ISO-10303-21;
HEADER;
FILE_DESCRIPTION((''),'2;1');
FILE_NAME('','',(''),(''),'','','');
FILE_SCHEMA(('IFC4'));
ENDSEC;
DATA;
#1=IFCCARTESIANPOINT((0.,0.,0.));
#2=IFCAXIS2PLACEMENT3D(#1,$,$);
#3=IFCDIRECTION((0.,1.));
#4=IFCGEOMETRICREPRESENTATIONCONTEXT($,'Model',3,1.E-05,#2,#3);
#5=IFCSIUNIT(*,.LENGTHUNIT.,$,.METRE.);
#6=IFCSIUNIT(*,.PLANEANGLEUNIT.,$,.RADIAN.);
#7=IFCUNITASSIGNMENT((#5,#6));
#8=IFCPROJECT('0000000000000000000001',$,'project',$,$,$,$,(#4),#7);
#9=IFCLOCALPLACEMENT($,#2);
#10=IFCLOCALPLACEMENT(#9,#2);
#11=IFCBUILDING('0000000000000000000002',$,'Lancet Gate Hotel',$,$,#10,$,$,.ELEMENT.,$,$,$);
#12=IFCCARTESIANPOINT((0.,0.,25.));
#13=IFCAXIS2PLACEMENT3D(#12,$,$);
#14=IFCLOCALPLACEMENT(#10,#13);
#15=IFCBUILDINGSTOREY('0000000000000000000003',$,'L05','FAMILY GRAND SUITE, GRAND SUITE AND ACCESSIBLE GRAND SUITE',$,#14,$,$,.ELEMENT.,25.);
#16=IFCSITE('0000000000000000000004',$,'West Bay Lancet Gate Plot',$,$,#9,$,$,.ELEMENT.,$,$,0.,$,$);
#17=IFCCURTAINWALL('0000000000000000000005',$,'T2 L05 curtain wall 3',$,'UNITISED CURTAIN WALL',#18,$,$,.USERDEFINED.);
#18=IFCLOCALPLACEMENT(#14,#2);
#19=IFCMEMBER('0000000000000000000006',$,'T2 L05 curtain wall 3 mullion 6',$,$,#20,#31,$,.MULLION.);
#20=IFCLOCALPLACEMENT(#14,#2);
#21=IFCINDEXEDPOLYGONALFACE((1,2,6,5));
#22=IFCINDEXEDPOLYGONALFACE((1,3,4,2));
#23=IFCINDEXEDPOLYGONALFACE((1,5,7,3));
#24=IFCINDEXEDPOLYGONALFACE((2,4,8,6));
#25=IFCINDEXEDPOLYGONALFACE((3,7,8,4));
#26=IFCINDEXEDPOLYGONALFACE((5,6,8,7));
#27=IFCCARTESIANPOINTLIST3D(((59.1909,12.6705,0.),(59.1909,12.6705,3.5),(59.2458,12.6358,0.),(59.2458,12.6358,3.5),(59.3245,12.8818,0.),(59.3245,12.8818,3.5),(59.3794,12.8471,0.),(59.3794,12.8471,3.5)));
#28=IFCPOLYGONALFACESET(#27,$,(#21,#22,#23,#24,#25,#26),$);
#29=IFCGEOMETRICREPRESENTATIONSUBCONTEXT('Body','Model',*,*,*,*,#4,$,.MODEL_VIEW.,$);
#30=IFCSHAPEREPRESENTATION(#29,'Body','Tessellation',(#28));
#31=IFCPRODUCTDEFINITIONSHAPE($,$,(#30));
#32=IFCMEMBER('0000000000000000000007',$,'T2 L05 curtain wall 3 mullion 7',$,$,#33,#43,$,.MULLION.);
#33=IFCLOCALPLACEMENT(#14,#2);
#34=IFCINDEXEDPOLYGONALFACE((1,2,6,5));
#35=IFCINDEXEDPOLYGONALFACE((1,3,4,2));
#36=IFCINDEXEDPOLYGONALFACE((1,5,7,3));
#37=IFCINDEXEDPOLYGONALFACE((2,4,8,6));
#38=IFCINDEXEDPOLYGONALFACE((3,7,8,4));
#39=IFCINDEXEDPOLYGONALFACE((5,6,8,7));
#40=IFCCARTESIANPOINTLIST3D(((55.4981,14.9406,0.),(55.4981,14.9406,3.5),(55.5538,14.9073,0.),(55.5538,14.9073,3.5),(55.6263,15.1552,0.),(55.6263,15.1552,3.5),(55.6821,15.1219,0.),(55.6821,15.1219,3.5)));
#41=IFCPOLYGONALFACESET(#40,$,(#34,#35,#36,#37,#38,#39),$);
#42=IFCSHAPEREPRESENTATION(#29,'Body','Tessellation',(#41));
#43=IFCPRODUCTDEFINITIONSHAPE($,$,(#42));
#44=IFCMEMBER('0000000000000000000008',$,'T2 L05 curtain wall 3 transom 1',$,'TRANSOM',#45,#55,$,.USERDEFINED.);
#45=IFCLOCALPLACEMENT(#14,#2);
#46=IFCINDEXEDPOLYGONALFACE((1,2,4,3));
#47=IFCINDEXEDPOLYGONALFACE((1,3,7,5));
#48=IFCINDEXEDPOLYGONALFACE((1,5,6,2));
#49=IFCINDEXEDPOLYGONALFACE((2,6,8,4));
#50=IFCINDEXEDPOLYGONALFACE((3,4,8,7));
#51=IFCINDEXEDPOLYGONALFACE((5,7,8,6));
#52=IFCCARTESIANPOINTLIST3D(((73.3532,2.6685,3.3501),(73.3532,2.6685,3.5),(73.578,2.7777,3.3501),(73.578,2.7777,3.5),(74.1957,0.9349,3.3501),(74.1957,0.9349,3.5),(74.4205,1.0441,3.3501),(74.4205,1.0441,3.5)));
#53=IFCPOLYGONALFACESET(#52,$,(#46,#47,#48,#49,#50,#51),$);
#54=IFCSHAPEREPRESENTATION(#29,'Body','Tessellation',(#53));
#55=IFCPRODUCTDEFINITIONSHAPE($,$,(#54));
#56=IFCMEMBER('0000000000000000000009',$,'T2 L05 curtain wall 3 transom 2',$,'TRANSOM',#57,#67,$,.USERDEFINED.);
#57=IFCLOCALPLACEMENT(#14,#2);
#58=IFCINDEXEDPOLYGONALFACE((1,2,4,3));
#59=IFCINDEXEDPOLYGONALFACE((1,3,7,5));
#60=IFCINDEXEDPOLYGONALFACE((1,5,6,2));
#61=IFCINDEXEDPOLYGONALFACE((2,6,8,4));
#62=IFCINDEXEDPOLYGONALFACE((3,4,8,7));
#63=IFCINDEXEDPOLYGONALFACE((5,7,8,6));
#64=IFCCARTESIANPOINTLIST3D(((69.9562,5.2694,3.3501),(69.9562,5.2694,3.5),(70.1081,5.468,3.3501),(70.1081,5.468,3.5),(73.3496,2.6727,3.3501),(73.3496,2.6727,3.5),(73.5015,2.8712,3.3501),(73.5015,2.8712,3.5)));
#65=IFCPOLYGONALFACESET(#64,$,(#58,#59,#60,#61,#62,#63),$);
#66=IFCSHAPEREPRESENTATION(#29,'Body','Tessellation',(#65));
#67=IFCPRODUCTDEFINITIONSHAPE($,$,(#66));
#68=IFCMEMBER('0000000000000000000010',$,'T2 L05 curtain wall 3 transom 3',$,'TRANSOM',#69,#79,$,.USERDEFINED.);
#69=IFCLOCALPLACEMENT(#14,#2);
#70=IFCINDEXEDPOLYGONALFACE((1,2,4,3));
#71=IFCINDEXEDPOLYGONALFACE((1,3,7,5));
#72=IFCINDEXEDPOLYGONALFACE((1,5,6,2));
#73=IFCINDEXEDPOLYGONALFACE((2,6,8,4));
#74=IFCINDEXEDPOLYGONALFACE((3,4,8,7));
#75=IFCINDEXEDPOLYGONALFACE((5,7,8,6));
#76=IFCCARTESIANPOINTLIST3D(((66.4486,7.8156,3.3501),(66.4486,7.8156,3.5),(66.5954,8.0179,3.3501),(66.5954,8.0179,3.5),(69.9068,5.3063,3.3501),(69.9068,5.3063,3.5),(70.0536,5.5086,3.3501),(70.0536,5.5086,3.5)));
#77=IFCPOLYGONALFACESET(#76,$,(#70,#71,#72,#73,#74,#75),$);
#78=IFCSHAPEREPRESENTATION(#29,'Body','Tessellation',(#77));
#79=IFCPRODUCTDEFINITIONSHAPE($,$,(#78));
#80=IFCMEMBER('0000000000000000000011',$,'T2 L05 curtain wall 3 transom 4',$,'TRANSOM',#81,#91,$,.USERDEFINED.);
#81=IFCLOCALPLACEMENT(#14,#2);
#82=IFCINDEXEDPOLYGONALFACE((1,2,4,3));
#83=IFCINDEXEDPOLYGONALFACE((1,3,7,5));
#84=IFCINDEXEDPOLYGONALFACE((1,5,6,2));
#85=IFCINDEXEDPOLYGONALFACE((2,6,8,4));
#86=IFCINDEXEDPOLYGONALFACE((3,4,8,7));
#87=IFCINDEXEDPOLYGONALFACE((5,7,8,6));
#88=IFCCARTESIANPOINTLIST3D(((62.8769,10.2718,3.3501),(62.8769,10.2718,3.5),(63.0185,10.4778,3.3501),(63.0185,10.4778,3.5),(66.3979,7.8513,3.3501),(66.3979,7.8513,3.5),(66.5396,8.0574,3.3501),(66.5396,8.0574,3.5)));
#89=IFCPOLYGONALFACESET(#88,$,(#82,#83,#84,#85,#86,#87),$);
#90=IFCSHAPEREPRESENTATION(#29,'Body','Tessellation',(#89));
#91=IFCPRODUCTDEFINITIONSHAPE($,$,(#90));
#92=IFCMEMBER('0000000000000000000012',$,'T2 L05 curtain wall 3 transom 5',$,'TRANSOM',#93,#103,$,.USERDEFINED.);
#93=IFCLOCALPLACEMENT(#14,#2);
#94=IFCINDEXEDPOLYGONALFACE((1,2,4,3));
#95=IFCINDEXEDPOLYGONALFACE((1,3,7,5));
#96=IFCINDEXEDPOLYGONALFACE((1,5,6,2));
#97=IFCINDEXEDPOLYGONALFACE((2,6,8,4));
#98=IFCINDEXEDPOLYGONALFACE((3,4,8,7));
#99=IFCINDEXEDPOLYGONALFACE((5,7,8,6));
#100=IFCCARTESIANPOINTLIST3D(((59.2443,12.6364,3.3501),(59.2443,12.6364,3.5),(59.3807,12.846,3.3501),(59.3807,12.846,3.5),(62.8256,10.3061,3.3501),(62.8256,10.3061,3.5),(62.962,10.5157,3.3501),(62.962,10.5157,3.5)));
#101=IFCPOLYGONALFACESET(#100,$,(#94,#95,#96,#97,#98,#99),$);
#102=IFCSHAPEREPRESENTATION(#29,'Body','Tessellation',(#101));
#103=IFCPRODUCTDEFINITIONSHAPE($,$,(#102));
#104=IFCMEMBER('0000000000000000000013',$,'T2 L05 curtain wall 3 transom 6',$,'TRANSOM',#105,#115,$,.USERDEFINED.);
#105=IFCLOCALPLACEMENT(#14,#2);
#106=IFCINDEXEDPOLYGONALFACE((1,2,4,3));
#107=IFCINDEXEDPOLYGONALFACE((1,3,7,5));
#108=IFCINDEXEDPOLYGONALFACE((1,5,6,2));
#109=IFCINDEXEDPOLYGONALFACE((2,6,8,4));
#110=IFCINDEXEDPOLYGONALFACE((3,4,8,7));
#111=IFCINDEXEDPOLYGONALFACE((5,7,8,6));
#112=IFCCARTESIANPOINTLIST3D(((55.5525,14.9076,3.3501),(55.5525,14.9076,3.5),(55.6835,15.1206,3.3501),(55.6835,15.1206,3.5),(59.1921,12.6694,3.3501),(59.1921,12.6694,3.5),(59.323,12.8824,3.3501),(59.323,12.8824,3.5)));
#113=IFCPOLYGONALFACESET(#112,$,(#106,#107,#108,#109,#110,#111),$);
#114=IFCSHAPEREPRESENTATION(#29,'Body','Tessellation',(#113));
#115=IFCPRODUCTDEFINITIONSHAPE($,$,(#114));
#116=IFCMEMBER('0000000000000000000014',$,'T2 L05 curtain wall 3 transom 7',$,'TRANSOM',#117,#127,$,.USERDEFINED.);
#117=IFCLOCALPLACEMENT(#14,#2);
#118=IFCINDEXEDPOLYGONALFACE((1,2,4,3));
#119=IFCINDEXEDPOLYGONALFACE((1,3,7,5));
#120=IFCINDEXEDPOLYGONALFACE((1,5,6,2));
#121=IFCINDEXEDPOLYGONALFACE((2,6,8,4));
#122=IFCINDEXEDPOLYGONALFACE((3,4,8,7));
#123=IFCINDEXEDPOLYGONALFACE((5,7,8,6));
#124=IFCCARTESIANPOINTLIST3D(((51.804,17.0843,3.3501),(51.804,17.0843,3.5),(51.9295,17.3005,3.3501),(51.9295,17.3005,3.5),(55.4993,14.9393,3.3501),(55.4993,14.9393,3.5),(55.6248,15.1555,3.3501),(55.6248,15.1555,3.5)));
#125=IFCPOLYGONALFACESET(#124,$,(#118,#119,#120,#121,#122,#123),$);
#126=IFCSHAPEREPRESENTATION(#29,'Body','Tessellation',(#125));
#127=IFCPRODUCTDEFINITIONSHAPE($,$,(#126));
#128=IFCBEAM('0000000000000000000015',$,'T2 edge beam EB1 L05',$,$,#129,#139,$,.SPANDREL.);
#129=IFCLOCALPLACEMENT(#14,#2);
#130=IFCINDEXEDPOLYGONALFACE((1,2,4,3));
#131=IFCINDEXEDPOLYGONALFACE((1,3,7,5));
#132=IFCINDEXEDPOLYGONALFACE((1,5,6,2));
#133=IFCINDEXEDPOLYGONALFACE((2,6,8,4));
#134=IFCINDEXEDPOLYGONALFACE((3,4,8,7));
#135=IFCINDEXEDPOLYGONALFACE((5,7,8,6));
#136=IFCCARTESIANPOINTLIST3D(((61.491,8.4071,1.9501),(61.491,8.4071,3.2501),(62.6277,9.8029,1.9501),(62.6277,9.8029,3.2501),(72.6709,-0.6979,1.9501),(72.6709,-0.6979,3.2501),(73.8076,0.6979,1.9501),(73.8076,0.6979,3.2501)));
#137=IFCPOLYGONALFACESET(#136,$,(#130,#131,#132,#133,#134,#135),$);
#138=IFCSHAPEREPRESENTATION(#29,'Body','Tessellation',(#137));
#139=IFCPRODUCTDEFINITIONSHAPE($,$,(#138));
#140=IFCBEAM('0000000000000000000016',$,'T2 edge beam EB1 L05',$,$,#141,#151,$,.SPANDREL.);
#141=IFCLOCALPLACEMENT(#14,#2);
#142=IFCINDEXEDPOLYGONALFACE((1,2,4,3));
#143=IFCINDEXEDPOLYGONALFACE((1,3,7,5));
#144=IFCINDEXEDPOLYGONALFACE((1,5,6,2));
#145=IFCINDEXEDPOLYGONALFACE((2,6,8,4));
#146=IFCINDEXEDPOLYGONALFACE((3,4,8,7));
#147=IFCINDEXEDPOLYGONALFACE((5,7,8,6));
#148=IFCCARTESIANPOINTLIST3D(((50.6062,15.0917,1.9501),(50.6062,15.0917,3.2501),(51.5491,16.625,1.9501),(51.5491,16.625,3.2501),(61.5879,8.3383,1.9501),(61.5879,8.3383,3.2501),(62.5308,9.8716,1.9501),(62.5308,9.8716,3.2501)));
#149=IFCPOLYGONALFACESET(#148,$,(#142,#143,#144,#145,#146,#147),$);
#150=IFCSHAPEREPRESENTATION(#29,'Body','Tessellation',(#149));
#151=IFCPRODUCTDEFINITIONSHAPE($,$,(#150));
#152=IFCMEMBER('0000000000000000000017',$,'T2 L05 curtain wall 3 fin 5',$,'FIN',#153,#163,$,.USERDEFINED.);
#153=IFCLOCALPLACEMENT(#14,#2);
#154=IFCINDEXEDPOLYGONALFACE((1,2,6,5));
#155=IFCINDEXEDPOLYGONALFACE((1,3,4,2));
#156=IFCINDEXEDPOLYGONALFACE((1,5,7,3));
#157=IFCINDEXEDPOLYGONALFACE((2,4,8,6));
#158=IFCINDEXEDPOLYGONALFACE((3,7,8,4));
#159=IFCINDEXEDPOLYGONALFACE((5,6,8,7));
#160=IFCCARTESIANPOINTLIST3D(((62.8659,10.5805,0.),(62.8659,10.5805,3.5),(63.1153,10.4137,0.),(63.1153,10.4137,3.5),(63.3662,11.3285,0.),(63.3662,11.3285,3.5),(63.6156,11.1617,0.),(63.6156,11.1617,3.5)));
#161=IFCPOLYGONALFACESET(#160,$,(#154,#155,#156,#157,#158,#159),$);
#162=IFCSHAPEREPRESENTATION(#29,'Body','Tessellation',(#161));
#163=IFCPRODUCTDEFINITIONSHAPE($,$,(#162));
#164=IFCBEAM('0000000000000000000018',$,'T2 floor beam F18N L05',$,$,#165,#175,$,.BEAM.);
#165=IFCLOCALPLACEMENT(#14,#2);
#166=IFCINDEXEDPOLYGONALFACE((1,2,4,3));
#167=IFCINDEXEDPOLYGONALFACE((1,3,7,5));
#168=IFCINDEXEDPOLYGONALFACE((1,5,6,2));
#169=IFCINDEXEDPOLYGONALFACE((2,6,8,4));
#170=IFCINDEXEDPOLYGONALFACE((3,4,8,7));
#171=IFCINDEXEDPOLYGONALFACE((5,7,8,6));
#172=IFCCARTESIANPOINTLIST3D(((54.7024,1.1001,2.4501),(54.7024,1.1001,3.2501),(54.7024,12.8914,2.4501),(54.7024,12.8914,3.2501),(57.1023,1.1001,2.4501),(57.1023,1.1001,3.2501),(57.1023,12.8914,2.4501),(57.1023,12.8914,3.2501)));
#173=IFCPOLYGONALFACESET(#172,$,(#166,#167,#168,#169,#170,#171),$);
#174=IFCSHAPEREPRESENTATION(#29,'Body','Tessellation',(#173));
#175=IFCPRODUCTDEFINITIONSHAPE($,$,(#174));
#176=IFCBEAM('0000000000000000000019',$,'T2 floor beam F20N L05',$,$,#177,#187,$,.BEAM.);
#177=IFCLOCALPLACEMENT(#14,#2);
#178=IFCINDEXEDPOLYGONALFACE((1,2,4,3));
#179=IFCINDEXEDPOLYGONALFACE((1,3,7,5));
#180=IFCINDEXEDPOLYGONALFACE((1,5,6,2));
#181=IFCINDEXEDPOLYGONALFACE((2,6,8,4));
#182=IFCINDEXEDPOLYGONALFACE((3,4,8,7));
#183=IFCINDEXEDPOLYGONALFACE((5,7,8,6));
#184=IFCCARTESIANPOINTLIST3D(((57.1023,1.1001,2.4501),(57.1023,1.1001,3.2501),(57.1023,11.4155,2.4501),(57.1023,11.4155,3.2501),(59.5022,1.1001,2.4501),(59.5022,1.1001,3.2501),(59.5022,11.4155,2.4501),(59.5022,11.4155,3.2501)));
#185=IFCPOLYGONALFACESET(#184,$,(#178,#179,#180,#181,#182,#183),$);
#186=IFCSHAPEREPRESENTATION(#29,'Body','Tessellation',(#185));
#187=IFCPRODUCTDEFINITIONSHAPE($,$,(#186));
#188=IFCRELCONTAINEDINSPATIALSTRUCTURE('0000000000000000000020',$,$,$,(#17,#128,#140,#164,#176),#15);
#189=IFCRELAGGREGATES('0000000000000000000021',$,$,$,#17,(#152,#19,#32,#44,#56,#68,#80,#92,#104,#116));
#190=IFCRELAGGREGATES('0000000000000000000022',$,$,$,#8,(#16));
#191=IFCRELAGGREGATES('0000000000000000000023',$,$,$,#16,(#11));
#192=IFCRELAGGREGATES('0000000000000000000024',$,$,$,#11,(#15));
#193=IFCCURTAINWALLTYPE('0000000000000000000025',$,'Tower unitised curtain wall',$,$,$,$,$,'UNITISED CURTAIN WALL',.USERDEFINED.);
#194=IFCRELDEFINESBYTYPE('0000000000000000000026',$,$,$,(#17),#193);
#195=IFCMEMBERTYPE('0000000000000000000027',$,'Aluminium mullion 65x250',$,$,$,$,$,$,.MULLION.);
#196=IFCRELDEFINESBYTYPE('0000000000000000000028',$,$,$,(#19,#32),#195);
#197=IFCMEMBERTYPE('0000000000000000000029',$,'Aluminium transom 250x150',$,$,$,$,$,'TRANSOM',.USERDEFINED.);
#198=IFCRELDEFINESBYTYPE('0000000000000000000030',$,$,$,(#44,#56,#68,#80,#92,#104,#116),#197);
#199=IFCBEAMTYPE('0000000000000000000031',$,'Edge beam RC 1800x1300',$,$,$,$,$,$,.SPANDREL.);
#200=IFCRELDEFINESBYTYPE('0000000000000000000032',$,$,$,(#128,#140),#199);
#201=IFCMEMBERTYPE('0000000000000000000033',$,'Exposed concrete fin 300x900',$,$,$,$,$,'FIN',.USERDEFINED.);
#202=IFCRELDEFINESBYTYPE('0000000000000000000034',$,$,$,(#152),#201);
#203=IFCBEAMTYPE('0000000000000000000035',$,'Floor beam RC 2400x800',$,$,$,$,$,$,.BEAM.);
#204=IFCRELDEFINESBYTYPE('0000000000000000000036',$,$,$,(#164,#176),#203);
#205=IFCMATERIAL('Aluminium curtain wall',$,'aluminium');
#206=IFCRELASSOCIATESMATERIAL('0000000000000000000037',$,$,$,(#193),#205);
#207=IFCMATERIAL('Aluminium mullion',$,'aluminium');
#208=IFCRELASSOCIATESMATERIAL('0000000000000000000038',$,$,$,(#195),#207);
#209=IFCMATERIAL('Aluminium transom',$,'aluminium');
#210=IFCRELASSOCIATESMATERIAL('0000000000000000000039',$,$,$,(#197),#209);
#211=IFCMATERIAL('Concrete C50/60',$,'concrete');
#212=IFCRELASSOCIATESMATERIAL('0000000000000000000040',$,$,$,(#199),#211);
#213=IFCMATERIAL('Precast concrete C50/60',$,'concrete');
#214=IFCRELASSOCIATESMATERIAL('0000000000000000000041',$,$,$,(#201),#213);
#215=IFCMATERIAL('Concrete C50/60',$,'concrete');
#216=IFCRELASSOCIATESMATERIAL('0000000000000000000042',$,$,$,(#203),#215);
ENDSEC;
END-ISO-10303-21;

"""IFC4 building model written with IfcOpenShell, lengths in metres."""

from ifc_helpers import new_model, si_unit, direction, frame, origin, origin_2d, place, context, subcontext, project, spatial, rectangle, extrude, material, material_profile, profile_set, type_object, element, aggregate, save


model = new_model("IFC4")

# Units and contexts
model_context = context("Model", 3, precision=1e-05, world=origin(), true_north=direction((0.0, 1.0)))
body_context = subcontext(model_context, "Body", "Model", "MODEL_VIEW")
ifc_project = project(units=[si_unit("LENGTHUNIT", "METRE"), si_unit("PLANEANGLEUNIT", "RADIAN")], contexts=[model_context])

# Site, building, storey
site_placement = place(None, origin())
site = spatial("IfcSite", under=ifc_project, at=site_placement, Name="West Bay Lancet Gate Plot", CompositionType="ELEMENT", RefElevation=0.0)
building_placement = place(site_placement, origin())
building = spatial("IfcBuilding", under=site, at=building_placement, Name="Lancet Gate Hotel", CompositionType="ELEMENT")
storey_placement = place(building_placement, frame((0.0, 0.0, 25.0)))
storey = spatial("IfcBuildingStorey", under=building, at=storey_placement, Name="L05", Description="FAMILY GRAND SUITE, GRAND SUITE AND ACCESSIBLE GRAND SUITE", CompositionType="ELEMENT", Elevation=25.0)

# Curtain wall, members
ifc_material_1 = material(Name="Aluminium curtain wall", Category="aluminium")
curtain_wall_type = type_object("IfcCurtainWallType", Name="Tower unitised curtain wall", ElementType="UNITISED CURTAIN WALL", PredefinedType="USERDEFINED", material=ifc_material_1)
curtain_wall_placement = place(storey_placement, origin())
curtain_wall = element("IfcCurtainWall", 1, at=curtain_wall_placement, inside=storey, type_object=curtain_wall_type, Name="T2 L05 curtain wall 3", ObjectType="UNITISED CURTAIN WALL", PredefinedType="USERDEFINED")
ifc_material_2 = material(Name="Aluminium mullion", Category="aluminium")
ifc_material_profile_1 = material_profile(ifc_material_2, rectangle(XDim=0.0649, YDim=0.25, at=origin_2d()), Name="MULLION 65x250")
ifc_profile_set_1 = profile_set([ifc_material_profile_1], Name="Aluminium mullion")
member_type_1 = type_object("IfcMemberType", Name="Aluminium mullion 65x250", PredefinedType="MULLION", material=ifc_profile_set_1)
member_1_placement = place(storey_placement, frame((59.2852, 12.7588, 0.0), z_axis=(0.0, 0.0, 1.0), x_axis=(-0.845079, 0.534641, 0.0)))
member_1 = element("IfcMember", 2, at=member_1_placement, type_object=member_type_1, Name="T2 L05 curtain wall 3 mullion 6", PredefinedType="MULLION", context=body_context, shape_type="SweptSolid", body=[
    extrude(rectangle(XDim=0.0649, YDim=0.25, at=origin_2d()), origin(), (0.0, 0.0, 1.0), 3.5),
])
member_2_placement = place(storey_placement, frame((55.5901, 15.0312, 0.0), z_axis=(0.0, 0.0, 1.0), x_axis=(-0.858413, 0.512959, 0.0)))
member_2 = element("IfcMember", 3, at=member_2_placement, type_object=member_type_1, Name="T2 L05 curtain wall 3 mullion 7", PredefinedType="MULLION", context=body_context, shape_type="SweptSolid", body=[
    extrude(rectangle(XDim=0.0649, YDim=0.25, at=origin_2d()), origin(), (0.0, 0.0, 1.0), 3.5),
])
ifc_material_3 = material(Name="Aluminium transom", Category="aluminium")
ifc_material_profile_2 = material_profile(ifc_material_3, rectangle(XDim=0.25, YDim=0.1499, at=origin_2d()), Name="TRANSOM 250x150")
ifc_profile_set_2 = profile_set([ifc_material_profile_2], Name="Aluminium transom")
member_type_2 = type_object("IfcMemberType", Name="Aluminium transom 250x150", ElementType="TRANSOM", PredefinedType="USERDEFINED", material=ifc_profile_set_2)
member_3_placement = place(storey_placement, frame((74.3081, 0.9895, 3.425), z_axis=(-0.437103, 0.899411, 0.0), x_axis=(-0.899411, -0.437103, 0.0)))
member_3 = element("IfcMember", 4, at=member_3_placement, type_object=member_type_2, Name="T2 L05 curtain wall 3 transom 1", ObjectType="TRANSOM", PredefinedType="USERDEFINED", context=body_context, shape_type="SweptSolid", body=[
    extrude(rectangle(XDim=0.25, YDim=0.1499, at=origin_2d()), origin(), (0.0, 0.0, 1.0), 1.9275),
])
member_4_placement = place(storey_placement, frame((73.4255, 2.772, 3.425), z_axis=(-0.794155, 0.607715, 0.0), x_axis=(-0.607715, -0.794155, 0.0)))
member_4 = element("IfcMember", 5, at=member_4_placement, type_object=member_type_2, Name="T2 L05 curtain wall 3 transom 2", ObjectType="TRANSOM", PredefinedType="USERDEFINED", context=body_context, shape_type="SweptSolid", body=[
    extrude(rectangle(XDim=0.25, YDim=0.1499, at=origin_2d()), origin(), (0.0, 0.0, 1.0), 4.2729),
])
member_5_placement = place(storey_placement, frame((69.9802, 5.4075, 3.425), z_axis=(-0.809383, 0.587281, 0.0), x_axis=(-0.587281, -0.809383, 0.0)))
member_5 = element("IfcMember", 6, at=member_5_placement, type_object=member_type_2, Name="T2 L05 curtain wall 3 transom 3", ObjectType="TRANSOM", PredefinedType="USERDEFINED", context=body_context, shape_type="SweptSolid", body=[
    extrude(rectangle(XDim=0.25, YDim=0.1499, at=origin_2d()), origin(), (0.0, 0.0, 1.0), 4.2727),
])
member_6_placement = place(storey_placement, frame((66.4688, 7.9543, 3.425), z_axis=(-0.824072, 0.566485, 0.0), x_axis=(-0.566485, -0.824072, 0.0)))
member_6 = element("IfcMember", 7, at=member_6_placement, type_object=member_type_2, Name="T2 L05 curtain wall 3 transom 4", ObjectType="TRANSOM", PredefinedType="USERDEFINED", context=body_context, shape_type="SweptSolid", body=[
    extrude(rectangle(XDim=0.25, YDim=0.1499, at=origin_2d()), origin(), (0.0, 0.0, 1.0), 4.2727),
])
member_7_placement = place(storey_placement, frame((62.8938, 10.4109, 3.425), z_axis=(-0.838179, 0.545396, 0.0), x_axis=(-0.545396, -0.838179, 0.0)))
member_7 = element("IfcMember", 8, at=member_7_placement, type_object=member_type_2, Name="T2 L05 curtain wall 3 transom 5", ObjectType="TRANSOM", PredefinedType="USERDEFINED", context=body_context, shape_type="SweptSolid", body=[
    extrude(rectangle(XDim=0.25, YDim=0.1499, at=origin_2d()), origin(), (0.0, 0.0, 1.0), 4.2727),
])
member_8_placement = place(storey_placement, frame((59.2576, 12.7759, 3.425), z_axis=(-0.851815, 0.523842, 0.0), x_axis=(-0.523842, -0.851815, 0.0)))
member_8 = element("IfcMember", 9, at=member_8_placement, type_object=member_type_2, Name="T2 L05 curtain wall 3 transom 6", ObjectType="TRANSOM", PredefinedType="USERDEFINED", context=body_context, shape_type="SweptSolid", body=[
    extrude(rectangle(XDim=0.25, YDim=0.1499, at=origin_2d()), origin(), (0.0, 0.0, 1.0), 4.2727),
])
member_9_placement = place(storey_placement, frame((55.562, 15.0474, 3.425), z_axis=(-0.864855, 0.502022, 0.0), x_axis=(-0.502022, -0.864855, 0.0)))
member_9 = element("IfcMember", 10, at=member_9_placement, type_object=member_type_2, Name="T2 L05 curtain wall 3 transom 7", ObjectType="TRANSOM", PredefinedType="USERDEFINED", context=body_context, shape_type="SweptSolid", body=[
    extrude(rectangle(XDim=0.25, YDim=0.1499, at=origin_2d()), origin(), (0.0, 0.0, 1.0), 4.2727),
])

# Beams
ifc_material_4 = material(Name="Concrete C50/60", Category="concrete")
ifc_material_profile_3 = material_profile(ifc_material_4, rectangle(XDim=1.8, YDim=1.3, at=origin_2d()), Name="RC 1800x1300")
ifc_profile_set_3 = profile_set([ifc_material_profile_3], Name="Concrete C50/60")
beam_type_1 = type_object("IfcBeamType", Name="Edge beam RC 1800x1300", PredefinedType="SPANDREL", material=ifc_profile_set_3)
beam_1_placement = place(storey_placement, frame((73.2393, 0.0, 2.6001), z_axis=(-0.775391, 0.631481, 0.0), x_axis=(-0.631481, -0.775391, 0.0)))
element("IfcBeam", 11, at=beam_1_placement, inside=storey, type_object=beam_type_1, Name="T2 edge beam EB1 L05", PredefinedType="SPANDREL", context=body_context, shape_type="SweptSolid", body=[
    extrude(rectangle(XDim=1.8, YDim=1.3, at=origin_2d()), origin(), (0.0, 0.0, 1.0), 14.4185),
])
beam_2_placement = place(storey_placement, frame((62.0593, 9.105, 2.6001), z_axis=(-0.851816, 0.523842, 0.0), x_axis=(-0.523842, -0.851816, 0.0)))
element("IfcBeam", 12, at=beam_2_placement, inside=storey, type_object=beam_type_1, Name="T2 edge beam EB1 L05", PredefinedType="SPANDREL", context=body_context, shape_type="SweptSolid", body=[
    extrude(rectangle(XDim=1.8, YDim=1.3, at=origin_2d()), origin(), (0.0, 0.0, 1.0), 12.8921),
])

# Member
ifc_material_5 = material(Name="Precast concrete C50/60", Category="concrete")
ifc_material_profile_4 = material_profile(ifc_material_5, rectangle(XDim=0.3, YDim=0.8999, at=origin_2d()), Name="FIN 300x900")
ifc_profile_set_4 = profile_set([ifc_material_profile_4], Name="Precast concrete C50/60")
member_type_3 = type_object("IfcMemberType", Name="Exposed concrete fin 300x900", ElementType="FIN", PredefinedType="USERDEFINED", material=ifc_profile_set_4)
member_10_placement = place(storey_placement, frame((63.2407, 10.8711, 0.0), z_axis=(0.0, 0.0, 1.0), x_axis=(-0.831198, 0.555976, 0.0)))
member_10 = element("IfcMember", 13, at=member_10_placement, type_object=member_type_3, Name="T2 L05 curtain wall 3 fin 5", ObjectType="FIN", PredefinedType="USERDEFINED", context=body_context, shape_type="SweptSolid", body=[
    extrude(rectangle(XDim=0.3, YDim=0.8999, at=origin_2d()), origin(), (0.0, 0.0, 1.0), 3.5),
])

# Beams
ifc_material_6 = material(Name="Concrete C50/60", Category="concrete")
ifc_material_profile_5 = material_profile(ifc_material_6, rectangle(XDim=2.3999, YDim=0.8, at=origin_2d()), Name="RC 2400x800")
ifc_profile_set_5 = profile_set([ifc_material_profile_5], Name="Concrete C50/60")
beam_type_2 = type_object("IfcBeamType", Name="Floor beam RC 2400x800", PredefinedType="BEAM", material=ifc_profile_set_5)
beam_3_placement = place(storey_placement, frame((55.9023, 1.1001, 2.8501), z_axis=(0.0, 1.0, 0.0), x_axis=(-1.0, 0.0, 0.0)))
element("IfcBeam", 14, at=beam_3_placement, inside=storey, type_object=beam_type_2, Name="T2 floor beam F18N L05", PredefinedType="BEAM", context=body_context, shape_type="SweptSolid", body=[
    extrude(rectangle(XDim=2.3999, YDim=0.8, at=origin_2d()), origin(), (0.0, 0.0, 1.0), 11.7913),
])
beam_4_placement = place(storey_placement, frame((58.3022, 1.1001, 2.8501), z_axis=(0.0, 1.0, 0.0), x_axis=(-1.0, 0.0, 0.0)))
element("IfcBeam", 15, at=beam_4_placement, inside=storey, type_object=beam_type_2, Name="T2 floor beam F20N L05", PredefinedType="BEAM", context=body_context, shape_type="SweptSolid", body=[
    extrude(rectangle(XDim=2.3999, YDim=0.8, at=origin_2d()), origin(), (0.0, 0.0, 1.0), 10.3154),
])

aggregate(curtain_wall, [member_10, member_1, member_2, member_3, member_4, member_5, member_6, member_7, member_8, member_9])

save(model, "model.ifc")
